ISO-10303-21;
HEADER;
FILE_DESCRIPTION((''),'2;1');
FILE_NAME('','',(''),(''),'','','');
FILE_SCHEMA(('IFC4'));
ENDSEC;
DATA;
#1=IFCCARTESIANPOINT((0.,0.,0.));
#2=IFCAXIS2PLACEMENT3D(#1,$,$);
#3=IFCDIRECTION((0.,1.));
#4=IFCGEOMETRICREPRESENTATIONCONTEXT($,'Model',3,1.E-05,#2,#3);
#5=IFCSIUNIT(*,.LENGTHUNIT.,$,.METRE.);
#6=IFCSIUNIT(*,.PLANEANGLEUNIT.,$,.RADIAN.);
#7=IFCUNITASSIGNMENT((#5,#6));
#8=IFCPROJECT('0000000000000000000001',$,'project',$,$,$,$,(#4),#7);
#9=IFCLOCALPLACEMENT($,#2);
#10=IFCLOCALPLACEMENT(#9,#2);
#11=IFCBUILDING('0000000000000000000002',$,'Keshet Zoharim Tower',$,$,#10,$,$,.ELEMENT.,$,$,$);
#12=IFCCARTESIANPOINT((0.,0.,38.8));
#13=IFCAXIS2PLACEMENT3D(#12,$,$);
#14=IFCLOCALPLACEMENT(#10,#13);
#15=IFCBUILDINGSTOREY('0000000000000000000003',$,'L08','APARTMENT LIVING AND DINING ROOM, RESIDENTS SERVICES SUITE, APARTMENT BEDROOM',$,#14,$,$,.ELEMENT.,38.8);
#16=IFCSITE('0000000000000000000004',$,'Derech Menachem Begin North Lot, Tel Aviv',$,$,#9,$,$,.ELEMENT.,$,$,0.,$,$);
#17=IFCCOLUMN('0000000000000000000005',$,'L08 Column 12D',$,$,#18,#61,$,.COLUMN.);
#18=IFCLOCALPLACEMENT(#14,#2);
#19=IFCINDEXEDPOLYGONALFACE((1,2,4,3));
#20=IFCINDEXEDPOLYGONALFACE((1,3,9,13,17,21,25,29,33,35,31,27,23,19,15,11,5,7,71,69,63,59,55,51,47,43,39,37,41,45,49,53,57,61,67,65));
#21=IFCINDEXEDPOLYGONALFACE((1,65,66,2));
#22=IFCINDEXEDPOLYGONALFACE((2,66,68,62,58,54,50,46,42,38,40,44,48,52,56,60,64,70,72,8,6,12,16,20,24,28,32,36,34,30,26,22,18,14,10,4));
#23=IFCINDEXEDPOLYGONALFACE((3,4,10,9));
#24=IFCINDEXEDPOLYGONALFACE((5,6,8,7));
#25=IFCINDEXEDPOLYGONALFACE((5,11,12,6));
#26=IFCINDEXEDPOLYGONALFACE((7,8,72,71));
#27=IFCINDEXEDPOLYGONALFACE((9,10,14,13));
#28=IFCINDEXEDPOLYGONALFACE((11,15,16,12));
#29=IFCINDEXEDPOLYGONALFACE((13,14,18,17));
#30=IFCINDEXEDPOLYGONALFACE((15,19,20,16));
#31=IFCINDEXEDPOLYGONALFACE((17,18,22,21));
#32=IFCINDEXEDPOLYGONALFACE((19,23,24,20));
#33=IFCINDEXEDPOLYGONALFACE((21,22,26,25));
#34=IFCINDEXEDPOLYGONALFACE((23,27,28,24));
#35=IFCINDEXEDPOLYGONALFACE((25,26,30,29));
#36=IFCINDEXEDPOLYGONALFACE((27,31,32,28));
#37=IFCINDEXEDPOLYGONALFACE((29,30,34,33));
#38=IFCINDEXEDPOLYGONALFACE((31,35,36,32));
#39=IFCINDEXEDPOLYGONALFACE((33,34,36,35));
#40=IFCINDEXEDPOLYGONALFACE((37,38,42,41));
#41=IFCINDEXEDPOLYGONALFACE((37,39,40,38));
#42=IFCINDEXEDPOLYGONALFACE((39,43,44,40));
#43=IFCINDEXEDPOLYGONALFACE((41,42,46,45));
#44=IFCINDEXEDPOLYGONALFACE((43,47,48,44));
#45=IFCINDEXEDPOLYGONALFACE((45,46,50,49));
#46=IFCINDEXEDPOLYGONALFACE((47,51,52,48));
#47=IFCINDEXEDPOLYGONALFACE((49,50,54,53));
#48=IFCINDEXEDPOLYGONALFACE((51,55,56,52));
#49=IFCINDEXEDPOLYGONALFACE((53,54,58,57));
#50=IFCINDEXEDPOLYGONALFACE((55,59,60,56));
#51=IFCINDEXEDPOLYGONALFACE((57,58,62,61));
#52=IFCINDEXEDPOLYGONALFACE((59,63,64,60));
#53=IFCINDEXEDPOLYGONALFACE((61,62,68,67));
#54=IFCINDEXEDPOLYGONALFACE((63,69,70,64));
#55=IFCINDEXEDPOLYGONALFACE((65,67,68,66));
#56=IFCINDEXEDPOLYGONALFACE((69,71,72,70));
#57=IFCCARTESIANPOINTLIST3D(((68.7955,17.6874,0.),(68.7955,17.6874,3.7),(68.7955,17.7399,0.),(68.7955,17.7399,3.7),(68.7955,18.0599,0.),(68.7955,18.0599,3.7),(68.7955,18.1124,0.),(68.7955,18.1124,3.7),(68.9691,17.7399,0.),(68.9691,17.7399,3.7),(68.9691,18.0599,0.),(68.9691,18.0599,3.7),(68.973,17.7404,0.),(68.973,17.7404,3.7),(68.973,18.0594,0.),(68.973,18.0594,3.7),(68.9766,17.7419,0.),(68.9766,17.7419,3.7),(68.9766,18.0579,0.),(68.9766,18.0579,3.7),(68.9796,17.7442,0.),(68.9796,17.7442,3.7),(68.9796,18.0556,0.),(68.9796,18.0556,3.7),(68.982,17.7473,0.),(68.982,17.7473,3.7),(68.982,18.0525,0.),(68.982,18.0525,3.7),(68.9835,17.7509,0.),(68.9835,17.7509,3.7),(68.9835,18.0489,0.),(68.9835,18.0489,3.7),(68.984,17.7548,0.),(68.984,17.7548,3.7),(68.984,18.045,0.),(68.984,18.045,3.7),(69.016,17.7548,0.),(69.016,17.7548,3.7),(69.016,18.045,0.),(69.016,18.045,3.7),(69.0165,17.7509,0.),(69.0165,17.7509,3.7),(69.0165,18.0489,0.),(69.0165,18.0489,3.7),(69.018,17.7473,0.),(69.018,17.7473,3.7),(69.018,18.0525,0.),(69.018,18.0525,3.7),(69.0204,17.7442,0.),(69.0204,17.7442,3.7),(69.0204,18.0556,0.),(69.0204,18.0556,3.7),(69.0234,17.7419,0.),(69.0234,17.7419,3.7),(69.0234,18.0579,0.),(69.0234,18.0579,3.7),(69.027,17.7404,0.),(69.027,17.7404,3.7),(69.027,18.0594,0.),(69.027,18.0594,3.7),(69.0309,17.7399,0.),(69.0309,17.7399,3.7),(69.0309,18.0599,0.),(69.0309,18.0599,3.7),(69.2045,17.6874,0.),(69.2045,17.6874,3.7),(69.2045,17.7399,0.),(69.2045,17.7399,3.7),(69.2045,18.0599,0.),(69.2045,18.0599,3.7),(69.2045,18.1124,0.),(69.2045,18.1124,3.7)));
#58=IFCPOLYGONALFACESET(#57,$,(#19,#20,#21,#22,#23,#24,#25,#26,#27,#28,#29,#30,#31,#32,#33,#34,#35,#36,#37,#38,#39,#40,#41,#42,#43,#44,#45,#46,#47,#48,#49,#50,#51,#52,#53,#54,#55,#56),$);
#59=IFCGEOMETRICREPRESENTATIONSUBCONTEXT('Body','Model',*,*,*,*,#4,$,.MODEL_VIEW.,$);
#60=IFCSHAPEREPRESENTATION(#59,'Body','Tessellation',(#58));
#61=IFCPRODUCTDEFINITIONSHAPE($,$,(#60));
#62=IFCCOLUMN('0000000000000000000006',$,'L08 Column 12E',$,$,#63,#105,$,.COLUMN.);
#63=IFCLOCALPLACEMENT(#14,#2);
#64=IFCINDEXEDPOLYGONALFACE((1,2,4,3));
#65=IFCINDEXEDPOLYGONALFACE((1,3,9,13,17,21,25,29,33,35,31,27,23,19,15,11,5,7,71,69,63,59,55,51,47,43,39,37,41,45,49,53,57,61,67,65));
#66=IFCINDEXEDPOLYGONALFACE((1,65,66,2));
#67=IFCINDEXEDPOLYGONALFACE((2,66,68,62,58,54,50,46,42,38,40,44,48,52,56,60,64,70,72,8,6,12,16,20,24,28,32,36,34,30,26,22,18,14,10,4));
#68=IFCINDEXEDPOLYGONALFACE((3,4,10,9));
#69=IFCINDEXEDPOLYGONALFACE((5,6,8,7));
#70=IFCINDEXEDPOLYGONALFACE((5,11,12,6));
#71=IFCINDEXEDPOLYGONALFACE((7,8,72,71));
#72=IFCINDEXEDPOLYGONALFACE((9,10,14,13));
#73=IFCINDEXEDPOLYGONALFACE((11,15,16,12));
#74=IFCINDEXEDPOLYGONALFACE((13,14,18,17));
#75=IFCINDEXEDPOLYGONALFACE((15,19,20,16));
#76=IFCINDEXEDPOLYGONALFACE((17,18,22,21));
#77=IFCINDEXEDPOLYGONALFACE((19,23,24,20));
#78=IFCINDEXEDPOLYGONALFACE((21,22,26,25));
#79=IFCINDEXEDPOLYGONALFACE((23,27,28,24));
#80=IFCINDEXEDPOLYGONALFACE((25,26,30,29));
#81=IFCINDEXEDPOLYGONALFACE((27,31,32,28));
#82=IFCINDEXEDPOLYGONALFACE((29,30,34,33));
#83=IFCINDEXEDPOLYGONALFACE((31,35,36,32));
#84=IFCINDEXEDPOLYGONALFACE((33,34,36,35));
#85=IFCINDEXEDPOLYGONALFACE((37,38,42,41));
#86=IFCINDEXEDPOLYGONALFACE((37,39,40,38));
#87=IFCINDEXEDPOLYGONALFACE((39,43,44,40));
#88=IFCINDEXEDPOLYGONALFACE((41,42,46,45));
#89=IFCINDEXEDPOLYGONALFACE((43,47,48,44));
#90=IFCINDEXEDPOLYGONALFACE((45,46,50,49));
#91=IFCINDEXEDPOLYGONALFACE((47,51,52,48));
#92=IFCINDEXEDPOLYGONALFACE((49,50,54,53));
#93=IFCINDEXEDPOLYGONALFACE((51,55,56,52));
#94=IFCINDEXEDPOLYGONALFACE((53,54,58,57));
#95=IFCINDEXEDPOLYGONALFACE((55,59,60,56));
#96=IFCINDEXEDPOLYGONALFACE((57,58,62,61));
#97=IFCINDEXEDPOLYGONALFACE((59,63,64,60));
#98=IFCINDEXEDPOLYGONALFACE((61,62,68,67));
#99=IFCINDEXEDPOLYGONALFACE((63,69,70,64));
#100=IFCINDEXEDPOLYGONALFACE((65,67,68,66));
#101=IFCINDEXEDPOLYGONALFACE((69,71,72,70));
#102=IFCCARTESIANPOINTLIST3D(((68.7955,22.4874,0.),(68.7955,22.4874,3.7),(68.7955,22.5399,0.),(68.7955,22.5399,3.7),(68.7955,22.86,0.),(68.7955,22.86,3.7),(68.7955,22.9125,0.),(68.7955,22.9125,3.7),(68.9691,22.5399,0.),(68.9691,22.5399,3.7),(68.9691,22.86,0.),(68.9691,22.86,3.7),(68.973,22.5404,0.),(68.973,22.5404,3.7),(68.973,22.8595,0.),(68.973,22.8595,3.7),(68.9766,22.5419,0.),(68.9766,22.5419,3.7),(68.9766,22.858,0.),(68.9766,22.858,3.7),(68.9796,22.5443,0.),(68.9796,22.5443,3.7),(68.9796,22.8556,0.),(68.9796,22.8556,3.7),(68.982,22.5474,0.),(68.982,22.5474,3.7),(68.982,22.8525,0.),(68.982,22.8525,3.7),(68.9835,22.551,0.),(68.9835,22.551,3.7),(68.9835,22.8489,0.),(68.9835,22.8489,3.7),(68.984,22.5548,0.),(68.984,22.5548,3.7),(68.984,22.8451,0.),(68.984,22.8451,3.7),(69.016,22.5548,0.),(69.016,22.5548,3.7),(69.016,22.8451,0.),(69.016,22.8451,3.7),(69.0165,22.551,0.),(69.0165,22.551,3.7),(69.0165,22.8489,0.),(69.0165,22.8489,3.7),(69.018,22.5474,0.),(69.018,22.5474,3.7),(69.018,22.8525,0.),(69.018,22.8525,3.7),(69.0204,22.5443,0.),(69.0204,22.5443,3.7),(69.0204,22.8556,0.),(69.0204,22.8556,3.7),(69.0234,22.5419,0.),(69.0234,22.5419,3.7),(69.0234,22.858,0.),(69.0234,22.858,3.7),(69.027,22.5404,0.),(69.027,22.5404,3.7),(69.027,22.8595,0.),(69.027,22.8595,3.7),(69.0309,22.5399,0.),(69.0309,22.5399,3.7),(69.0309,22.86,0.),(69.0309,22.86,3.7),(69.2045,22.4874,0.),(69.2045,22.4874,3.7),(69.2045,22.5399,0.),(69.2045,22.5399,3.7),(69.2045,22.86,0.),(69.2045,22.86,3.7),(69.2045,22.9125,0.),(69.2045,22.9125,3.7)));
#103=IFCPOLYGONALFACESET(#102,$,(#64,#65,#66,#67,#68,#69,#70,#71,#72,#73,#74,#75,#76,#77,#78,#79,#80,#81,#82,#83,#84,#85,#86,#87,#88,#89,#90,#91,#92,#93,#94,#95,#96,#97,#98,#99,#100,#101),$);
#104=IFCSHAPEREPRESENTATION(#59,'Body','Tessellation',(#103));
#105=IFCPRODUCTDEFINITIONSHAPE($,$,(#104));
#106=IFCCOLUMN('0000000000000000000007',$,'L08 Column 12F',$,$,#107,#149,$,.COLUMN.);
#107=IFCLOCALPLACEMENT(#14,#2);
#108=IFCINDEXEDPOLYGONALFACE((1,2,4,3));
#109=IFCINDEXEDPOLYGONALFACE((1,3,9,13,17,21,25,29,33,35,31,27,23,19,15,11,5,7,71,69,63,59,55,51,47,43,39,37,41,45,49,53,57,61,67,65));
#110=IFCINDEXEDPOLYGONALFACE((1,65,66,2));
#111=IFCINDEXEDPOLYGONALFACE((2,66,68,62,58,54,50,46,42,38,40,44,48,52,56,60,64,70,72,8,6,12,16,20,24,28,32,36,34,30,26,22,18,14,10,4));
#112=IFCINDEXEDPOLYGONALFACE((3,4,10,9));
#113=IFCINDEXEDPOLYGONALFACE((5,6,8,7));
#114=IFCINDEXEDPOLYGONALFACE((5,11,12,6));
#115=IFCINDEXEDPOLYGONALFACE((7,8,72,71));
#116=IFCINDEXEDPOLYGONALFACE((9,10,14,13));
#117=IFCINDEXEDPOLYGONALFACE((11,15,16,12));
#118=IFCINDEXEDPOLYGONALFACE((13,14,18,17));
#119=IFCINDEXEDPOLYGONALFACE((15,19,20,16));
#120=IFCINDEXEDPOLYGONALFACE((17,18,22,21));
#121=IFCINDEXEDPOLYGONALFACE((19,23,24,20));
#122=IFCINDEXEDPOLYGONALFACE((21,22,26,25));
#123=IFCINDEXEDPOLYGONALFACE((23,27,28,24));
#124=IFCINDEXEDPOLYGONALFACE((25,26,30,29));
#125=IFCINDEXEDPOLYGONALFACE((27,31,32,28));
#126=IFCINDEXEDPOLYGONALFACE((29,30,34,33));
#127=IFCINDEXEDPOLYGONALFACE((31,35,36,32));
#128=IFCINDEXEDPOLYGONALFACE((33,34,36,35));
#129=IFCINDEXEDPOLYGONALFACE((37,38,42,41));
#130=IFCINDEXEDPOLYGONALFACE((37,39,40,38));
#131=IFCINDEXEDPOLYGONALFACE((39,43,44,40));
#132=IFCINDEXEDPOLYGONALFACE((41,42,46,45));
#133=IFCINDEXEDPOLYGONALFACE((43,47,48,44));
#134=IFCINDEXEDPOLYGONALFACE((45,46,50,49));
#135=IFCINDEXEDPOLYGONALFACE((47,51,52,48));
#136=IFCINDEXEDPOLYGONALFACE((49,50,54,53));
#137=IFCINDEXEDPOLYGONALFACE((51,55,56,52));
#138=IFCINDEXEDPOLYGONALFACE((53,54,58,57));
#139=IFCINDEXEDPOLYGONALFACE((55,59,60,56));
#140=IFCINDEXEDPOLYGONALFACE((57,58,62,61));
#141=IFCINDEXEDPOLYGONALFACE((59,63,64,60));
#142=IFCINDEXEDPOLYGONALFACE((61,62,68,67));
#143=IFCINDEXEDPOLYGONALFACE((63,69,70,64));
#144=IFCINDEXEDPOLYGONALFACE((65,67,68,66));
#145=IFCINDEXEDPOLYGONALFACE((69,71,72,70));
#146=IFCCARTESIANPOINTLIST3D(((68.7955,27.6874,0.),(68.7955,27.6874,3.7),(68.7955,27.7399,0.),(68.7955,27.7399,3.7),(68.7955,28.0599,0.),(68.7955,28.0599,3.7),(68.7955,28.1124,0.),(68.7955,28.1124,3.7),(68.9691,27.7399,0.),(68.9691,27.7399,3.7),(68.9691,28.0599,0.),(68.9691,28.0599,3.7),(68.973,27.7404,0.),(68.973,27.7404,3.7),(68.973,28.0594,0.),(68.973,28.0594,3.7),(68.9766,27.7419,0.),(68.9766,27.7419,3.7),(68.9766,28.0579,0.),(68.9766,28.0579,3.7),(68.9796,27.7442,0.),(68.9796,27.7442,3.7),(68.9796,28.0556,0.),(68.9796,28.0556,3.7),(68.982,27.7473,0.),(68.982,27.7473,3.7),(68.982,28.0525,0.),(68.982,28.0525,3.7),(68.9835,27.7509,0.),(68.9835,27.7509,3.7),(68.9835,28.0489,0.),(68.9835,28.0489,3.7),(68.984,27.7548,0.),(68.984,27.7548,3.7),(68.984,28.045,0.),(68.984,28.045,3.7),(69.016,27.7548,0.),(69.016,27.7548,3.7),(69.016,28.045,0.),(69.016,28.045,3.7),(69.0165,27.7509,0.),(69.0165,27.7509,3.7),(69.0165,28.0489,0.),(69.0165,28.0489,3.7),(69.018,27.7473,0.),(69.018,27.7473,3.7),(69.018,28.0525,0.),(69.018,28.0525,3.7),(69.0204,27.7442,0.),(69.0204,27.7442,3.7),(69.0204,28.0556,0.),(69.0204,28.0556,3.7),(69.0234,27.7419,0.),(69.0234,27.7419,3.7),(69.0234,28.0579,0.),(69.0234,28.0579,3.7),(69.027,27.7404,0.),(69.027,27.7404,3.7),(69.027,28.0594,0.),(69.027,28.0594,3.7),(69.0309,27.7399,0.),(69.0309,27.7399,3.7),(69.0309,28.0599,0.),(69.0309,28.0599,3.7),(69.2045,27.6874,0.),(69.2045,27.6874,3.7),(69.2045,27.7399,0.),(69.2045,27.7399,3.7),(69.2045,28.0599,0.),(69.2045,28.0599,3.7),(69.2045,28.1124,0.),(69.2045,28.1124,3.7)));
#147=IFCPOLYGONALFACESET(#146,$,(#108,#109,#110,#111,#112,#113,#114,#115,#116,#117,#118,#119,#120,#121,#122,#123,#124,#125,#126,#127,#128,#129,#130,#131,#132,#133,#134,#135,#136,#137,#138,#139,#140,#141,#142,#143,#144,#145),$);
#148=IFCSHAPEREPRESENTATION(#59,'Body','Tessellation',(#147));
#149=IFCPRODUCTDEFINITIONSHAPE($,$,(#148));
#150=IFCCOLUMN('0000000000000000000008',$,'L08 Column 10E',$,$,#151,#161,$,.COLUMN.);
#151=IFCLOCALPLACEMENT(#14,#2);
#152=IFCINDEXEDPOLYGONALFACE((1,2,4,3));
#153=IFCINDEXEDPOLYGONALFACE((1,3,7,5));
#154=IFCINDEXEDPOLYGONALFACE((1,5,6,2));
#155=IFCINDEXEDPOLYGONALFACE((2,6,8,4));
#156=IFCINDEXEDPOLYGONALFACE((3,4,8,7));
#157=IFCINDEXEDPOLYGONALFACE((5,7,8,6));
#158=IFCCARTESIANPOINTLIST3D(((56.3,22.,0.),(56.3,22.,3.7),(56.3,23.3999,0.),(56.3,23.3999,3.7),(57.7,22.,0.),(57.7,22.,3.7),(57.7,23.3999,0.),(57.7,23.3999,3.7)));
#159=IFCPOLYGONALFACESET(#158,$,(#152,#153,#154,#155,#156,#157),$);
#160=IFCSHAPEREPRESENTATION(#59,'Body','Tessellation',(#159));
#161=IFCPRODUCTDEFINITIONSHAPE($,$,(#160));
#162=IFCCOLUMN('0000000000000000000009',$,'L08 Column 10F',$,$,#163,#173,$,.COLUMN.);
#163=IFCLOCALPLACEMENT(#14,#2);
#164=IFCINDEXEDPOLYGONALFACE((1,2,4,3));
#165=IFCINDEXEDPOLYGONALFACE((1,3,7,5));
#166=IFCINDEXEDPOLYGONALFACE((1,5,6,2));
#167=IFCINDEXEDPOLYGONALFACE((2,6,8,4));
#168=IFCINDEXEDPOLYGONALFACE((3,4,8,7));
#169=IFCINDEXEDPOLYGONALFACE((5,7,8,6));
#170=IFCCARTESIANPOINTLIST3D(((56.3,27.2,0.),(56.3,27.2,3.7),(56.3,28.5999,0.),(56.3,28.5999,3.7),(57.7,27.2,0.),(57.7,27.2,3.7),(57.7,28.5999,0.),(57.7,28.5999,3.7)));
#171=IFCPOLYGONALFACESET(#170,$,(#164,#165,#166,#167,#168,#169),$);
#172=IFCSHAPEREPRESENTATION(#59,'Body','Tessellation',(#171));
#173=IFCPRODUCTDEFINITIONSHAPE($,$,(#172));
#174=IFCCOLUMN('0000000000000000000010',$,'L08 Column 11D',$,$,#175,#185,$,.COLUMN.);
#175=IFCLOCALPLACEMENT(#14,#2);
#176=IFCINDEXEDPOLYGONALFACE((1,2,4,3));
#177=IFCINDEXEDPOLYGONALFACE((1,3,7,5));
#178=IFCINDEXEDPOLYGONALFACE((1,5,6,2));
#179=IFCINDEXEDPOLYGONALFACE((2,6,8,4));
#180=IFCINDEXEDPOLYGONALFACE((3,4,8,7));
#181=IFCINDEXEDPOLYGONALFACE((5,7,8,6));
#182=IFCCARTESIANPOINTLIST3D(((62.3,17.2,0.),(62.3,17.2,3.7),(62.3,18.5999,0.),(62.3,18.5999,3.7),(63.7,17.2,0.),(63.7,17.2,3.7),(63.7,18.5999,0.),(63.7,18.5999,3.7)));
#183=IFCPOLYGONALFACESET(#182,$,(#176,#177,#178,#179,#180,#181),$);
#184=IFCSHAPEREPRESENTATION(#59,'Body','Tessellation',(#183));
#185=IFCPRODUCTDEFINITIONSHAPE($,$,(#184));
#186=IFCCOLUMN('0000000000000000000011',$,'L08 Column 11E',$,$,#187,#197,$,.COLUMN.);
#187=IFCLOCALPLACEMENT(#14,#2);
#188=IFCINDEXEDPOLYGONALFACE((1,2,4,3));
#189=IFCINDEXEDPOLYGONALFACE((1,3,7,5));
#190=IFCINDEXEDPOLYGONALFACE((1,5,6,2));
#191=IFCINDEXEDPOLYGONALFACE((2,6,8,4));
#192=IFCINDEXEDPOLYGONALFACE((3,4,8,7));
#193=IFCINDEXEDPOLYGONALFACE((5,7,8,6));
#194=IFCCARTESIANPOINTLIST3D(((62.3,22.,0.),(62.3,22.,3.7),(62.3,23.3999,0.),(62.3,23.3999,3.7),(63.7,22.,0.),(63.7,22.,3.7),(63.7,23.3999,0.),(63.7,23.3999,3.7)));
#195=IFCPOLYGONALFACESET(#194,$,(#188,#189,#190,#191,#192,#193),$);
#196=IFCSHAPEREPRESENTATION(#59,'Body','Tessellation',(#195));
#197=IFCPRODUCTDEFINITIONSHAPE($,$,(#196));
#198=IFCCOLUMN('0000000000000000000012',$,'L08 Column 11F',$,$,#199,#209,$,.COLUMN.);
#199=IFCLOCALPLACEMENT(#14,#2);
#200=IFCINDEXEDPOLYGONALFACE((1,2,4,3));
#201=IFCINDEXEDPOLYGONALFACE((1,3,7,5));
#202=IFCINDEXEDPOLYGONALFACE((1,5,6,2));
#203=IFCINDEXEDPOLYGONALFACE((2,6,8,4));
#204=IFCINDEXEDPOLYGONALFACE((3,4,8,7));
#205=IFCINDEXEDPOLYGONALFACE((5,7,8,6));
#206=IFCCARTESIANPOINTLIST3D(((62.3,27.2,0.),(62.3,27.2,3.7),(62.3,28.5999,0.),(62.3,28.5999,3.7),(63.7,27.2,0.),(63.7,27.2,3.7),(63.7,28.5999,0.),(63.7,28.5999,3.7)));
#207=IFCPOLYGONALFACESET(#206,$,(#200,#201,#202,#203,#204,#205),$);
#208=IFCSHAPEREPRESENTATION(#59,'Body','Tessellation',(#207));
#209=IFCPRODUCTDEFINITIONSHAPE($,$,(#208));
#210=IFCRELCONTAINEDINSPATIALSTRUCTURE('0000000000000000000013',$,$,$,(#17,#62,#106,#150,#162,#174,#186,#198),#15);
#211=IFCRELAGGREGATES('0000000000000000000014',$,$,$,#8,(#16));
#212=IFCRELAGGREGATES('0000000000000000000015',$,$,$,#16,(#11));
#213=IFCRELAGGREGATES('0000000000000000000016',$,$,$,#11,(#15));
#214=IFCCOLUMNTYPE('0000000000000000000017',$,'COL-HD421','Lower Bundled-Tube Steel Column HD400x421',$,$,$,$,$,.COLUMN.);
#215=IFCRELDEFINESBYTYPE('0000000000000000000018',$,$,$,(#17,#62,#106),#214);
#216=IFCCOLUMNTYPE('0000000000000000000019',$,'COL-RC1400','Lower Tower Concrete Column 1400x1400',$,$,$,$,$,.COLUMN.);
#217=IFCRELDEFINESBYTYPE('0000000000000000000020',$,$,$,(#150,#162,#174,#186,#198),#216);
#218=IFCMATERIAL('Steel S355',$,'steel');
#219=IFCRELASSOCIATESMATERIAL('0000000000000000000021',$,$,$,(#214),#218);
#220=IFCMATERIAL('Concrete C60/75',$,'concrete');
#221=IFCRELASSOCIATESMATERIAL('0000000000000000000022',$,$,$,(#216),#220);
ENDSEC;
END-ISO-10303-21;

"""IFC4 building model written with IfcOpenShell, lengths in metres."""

from ifc_helpers import new_model, si_unit, direction, frame, origin, origin_2d, place, context, subcontext, project, spatial, rectangle, i_section, extrude, material, material_profile, profile_set, type_object, element, save


model = new_model("IFC4")

# Units and contexts
model_context = context("Model", 3, precision=1e-05, world=origin(), true_north=direction((0.0, 1.0)))
body_context = subcontext(model_context, "Body", "Model", "MODEL_VIEW")
ifc_project = project(units=[si_unit("LENGTHUNIT", "METRE"), si_unit("PLANEANGLEUNIT", "RADIAN")], contexts=[model_context])

# Site, building, storey
site_placement = place(None, origin())
site = spatial("IfcSite", under=ifc_project, at=site_placement, Name="Derech Menachem Begin North Lot, Tel Aviv", CompositionType="ELEMENT", RefElevation=0.0)
building_placement = place(site_placement, origin())
building = spatial("IfcBuilding", under=site, at=building_placement, Name="Keshet Zoharim Tower", CompositionType="ELEMENT")
storey_placement = place(building_placement, frame((0.0, 0.0, 38.8)))
storey = spatial("IfcBuildingStorey", under=building, at=storey_placement, Name="L08", Description="APARTMENT LIVING AND DINING ROOM, RESIDENTS SERVICES SUITE, APARTMENT BEDROOM", CompositionType="ELEMENT", Elevation=38.8)

# Columns
ifc_material_1 = material(Name="Steel S355", Category="steel")
ifc_material_profile_1 = material_profile(ifc_material_1, i_section(OverallWidth=0.4089, OverallDepth=0.425, WebThickness=0.032, FlangeThickness=0.0525, FilletRadius=0.0149, at=origin_2d()), Name="HD400x421")
ifc_profile_set_1 = profile_set([ifc_material_profile_1], Name="Steel S355")
column_type_1 = type_object("IfcColumnType", Name="COL-HD421", Description="Lower Bundled-Tube Steel Column HD400x421", PredefinedType="COLUMN", material=ifc_profile_set_1)
for number, where, z_axis, x_axis, name in (
    (1, (69.0, 17.8999, 0.0), (0.0, 0.0, 1.0), (1.0, 0.0, 0.0), "L08 Column 12D"),
    (2, (69.0, 22.7, 0.0), (0.0, 0.0, 1.0), (1.0, 0.0, 0.0), "L08 Column 12E"),
    (3, (69.0, 27.8999, 0.0), (0.0, 0.0, 1.0), (1.0, 0.0, 0.0), "L08 Column 12F"),
):
    element("IfcColumn", number, at=place(storey_placement, frame(where, z_axis=z_axis, x_axis=x_axis)), inside=storey, type_object=column_type_1, Name=name, PredefinedType="COLUMN", context=body_context, shape_type="SweptSolid", body=[
        extrude(i_section(OverallWidth=0.4089, OverallDepth=0.425, WebThickness=0.032, FlangeThickness=0.0525, FilletRadius=0.0149, at=origin_2d()), origin(), (0.0, 0.0, 1.0), 3.7),
    ])
ifc_material_2 = material(Name="Concrete C60/75", Category="concrete")
ifc_material_profile_2 = material_profile(ifc_material_2, rectangle(XDim=1.3999, YDim=1.3999, at=origin_2d()), Name="RC1400x1400")
ifc_profile_set_2 = profile_set([ifc_material_profile_2], Name="Concrete C60/75")
column_type_2 = type_object("IfcColumnType", Name="COL-RC1400", Description="Lower Tower Concrete Column 1400x1400", PredefinedType="COLUMN", material=ifc_profile_set_2)
for number, where, z_axis, x_axis, name in (
    (4, (57.0, 22.7, 0.0), (0.0, 0.0, 1.0), (1.0, 0.0, 0.0), "L08 Column 10E"),
    (5, (57.0, 27.8999, 0.0), (0.0, 0.0, 1.0), (1.0, 0.0, 0.0), "L08 Column 10F"),
    (6, (63.0, 17.8999, 0.0), (0.0, 0.0, 1.0), (1.0, 0.0, 0.0), "L08 Column 11D"),
    (7, (63.0, 22.7, 0.0), (0.0, 0.0, 1.0), (1.0, 0.0, 0.0), "L08 Column 11E"),
    (8, (63.0, 27.8999, 0.0), (0.0, 0.0, 1.0), (1.0, 0.0, 0.0), "L08 Column 11F"),
):
    element("IfcColumn", number, at=place(storey_placement, frame(where, z_axis=z_axis, x_axis=x_axis)), inside=storey, type_object=column_type_2, Name=name, PredefinedType="COLUMN", context=body_context, shape_type="SweptSolid", body=[
        extrude(rectangle(XDim=1.3999, YDim=1.3999, at=origin_2d()), origin(), (0.0, 0.0, 1.0), 3.7),
    ])

save(model, "model.ifc")
